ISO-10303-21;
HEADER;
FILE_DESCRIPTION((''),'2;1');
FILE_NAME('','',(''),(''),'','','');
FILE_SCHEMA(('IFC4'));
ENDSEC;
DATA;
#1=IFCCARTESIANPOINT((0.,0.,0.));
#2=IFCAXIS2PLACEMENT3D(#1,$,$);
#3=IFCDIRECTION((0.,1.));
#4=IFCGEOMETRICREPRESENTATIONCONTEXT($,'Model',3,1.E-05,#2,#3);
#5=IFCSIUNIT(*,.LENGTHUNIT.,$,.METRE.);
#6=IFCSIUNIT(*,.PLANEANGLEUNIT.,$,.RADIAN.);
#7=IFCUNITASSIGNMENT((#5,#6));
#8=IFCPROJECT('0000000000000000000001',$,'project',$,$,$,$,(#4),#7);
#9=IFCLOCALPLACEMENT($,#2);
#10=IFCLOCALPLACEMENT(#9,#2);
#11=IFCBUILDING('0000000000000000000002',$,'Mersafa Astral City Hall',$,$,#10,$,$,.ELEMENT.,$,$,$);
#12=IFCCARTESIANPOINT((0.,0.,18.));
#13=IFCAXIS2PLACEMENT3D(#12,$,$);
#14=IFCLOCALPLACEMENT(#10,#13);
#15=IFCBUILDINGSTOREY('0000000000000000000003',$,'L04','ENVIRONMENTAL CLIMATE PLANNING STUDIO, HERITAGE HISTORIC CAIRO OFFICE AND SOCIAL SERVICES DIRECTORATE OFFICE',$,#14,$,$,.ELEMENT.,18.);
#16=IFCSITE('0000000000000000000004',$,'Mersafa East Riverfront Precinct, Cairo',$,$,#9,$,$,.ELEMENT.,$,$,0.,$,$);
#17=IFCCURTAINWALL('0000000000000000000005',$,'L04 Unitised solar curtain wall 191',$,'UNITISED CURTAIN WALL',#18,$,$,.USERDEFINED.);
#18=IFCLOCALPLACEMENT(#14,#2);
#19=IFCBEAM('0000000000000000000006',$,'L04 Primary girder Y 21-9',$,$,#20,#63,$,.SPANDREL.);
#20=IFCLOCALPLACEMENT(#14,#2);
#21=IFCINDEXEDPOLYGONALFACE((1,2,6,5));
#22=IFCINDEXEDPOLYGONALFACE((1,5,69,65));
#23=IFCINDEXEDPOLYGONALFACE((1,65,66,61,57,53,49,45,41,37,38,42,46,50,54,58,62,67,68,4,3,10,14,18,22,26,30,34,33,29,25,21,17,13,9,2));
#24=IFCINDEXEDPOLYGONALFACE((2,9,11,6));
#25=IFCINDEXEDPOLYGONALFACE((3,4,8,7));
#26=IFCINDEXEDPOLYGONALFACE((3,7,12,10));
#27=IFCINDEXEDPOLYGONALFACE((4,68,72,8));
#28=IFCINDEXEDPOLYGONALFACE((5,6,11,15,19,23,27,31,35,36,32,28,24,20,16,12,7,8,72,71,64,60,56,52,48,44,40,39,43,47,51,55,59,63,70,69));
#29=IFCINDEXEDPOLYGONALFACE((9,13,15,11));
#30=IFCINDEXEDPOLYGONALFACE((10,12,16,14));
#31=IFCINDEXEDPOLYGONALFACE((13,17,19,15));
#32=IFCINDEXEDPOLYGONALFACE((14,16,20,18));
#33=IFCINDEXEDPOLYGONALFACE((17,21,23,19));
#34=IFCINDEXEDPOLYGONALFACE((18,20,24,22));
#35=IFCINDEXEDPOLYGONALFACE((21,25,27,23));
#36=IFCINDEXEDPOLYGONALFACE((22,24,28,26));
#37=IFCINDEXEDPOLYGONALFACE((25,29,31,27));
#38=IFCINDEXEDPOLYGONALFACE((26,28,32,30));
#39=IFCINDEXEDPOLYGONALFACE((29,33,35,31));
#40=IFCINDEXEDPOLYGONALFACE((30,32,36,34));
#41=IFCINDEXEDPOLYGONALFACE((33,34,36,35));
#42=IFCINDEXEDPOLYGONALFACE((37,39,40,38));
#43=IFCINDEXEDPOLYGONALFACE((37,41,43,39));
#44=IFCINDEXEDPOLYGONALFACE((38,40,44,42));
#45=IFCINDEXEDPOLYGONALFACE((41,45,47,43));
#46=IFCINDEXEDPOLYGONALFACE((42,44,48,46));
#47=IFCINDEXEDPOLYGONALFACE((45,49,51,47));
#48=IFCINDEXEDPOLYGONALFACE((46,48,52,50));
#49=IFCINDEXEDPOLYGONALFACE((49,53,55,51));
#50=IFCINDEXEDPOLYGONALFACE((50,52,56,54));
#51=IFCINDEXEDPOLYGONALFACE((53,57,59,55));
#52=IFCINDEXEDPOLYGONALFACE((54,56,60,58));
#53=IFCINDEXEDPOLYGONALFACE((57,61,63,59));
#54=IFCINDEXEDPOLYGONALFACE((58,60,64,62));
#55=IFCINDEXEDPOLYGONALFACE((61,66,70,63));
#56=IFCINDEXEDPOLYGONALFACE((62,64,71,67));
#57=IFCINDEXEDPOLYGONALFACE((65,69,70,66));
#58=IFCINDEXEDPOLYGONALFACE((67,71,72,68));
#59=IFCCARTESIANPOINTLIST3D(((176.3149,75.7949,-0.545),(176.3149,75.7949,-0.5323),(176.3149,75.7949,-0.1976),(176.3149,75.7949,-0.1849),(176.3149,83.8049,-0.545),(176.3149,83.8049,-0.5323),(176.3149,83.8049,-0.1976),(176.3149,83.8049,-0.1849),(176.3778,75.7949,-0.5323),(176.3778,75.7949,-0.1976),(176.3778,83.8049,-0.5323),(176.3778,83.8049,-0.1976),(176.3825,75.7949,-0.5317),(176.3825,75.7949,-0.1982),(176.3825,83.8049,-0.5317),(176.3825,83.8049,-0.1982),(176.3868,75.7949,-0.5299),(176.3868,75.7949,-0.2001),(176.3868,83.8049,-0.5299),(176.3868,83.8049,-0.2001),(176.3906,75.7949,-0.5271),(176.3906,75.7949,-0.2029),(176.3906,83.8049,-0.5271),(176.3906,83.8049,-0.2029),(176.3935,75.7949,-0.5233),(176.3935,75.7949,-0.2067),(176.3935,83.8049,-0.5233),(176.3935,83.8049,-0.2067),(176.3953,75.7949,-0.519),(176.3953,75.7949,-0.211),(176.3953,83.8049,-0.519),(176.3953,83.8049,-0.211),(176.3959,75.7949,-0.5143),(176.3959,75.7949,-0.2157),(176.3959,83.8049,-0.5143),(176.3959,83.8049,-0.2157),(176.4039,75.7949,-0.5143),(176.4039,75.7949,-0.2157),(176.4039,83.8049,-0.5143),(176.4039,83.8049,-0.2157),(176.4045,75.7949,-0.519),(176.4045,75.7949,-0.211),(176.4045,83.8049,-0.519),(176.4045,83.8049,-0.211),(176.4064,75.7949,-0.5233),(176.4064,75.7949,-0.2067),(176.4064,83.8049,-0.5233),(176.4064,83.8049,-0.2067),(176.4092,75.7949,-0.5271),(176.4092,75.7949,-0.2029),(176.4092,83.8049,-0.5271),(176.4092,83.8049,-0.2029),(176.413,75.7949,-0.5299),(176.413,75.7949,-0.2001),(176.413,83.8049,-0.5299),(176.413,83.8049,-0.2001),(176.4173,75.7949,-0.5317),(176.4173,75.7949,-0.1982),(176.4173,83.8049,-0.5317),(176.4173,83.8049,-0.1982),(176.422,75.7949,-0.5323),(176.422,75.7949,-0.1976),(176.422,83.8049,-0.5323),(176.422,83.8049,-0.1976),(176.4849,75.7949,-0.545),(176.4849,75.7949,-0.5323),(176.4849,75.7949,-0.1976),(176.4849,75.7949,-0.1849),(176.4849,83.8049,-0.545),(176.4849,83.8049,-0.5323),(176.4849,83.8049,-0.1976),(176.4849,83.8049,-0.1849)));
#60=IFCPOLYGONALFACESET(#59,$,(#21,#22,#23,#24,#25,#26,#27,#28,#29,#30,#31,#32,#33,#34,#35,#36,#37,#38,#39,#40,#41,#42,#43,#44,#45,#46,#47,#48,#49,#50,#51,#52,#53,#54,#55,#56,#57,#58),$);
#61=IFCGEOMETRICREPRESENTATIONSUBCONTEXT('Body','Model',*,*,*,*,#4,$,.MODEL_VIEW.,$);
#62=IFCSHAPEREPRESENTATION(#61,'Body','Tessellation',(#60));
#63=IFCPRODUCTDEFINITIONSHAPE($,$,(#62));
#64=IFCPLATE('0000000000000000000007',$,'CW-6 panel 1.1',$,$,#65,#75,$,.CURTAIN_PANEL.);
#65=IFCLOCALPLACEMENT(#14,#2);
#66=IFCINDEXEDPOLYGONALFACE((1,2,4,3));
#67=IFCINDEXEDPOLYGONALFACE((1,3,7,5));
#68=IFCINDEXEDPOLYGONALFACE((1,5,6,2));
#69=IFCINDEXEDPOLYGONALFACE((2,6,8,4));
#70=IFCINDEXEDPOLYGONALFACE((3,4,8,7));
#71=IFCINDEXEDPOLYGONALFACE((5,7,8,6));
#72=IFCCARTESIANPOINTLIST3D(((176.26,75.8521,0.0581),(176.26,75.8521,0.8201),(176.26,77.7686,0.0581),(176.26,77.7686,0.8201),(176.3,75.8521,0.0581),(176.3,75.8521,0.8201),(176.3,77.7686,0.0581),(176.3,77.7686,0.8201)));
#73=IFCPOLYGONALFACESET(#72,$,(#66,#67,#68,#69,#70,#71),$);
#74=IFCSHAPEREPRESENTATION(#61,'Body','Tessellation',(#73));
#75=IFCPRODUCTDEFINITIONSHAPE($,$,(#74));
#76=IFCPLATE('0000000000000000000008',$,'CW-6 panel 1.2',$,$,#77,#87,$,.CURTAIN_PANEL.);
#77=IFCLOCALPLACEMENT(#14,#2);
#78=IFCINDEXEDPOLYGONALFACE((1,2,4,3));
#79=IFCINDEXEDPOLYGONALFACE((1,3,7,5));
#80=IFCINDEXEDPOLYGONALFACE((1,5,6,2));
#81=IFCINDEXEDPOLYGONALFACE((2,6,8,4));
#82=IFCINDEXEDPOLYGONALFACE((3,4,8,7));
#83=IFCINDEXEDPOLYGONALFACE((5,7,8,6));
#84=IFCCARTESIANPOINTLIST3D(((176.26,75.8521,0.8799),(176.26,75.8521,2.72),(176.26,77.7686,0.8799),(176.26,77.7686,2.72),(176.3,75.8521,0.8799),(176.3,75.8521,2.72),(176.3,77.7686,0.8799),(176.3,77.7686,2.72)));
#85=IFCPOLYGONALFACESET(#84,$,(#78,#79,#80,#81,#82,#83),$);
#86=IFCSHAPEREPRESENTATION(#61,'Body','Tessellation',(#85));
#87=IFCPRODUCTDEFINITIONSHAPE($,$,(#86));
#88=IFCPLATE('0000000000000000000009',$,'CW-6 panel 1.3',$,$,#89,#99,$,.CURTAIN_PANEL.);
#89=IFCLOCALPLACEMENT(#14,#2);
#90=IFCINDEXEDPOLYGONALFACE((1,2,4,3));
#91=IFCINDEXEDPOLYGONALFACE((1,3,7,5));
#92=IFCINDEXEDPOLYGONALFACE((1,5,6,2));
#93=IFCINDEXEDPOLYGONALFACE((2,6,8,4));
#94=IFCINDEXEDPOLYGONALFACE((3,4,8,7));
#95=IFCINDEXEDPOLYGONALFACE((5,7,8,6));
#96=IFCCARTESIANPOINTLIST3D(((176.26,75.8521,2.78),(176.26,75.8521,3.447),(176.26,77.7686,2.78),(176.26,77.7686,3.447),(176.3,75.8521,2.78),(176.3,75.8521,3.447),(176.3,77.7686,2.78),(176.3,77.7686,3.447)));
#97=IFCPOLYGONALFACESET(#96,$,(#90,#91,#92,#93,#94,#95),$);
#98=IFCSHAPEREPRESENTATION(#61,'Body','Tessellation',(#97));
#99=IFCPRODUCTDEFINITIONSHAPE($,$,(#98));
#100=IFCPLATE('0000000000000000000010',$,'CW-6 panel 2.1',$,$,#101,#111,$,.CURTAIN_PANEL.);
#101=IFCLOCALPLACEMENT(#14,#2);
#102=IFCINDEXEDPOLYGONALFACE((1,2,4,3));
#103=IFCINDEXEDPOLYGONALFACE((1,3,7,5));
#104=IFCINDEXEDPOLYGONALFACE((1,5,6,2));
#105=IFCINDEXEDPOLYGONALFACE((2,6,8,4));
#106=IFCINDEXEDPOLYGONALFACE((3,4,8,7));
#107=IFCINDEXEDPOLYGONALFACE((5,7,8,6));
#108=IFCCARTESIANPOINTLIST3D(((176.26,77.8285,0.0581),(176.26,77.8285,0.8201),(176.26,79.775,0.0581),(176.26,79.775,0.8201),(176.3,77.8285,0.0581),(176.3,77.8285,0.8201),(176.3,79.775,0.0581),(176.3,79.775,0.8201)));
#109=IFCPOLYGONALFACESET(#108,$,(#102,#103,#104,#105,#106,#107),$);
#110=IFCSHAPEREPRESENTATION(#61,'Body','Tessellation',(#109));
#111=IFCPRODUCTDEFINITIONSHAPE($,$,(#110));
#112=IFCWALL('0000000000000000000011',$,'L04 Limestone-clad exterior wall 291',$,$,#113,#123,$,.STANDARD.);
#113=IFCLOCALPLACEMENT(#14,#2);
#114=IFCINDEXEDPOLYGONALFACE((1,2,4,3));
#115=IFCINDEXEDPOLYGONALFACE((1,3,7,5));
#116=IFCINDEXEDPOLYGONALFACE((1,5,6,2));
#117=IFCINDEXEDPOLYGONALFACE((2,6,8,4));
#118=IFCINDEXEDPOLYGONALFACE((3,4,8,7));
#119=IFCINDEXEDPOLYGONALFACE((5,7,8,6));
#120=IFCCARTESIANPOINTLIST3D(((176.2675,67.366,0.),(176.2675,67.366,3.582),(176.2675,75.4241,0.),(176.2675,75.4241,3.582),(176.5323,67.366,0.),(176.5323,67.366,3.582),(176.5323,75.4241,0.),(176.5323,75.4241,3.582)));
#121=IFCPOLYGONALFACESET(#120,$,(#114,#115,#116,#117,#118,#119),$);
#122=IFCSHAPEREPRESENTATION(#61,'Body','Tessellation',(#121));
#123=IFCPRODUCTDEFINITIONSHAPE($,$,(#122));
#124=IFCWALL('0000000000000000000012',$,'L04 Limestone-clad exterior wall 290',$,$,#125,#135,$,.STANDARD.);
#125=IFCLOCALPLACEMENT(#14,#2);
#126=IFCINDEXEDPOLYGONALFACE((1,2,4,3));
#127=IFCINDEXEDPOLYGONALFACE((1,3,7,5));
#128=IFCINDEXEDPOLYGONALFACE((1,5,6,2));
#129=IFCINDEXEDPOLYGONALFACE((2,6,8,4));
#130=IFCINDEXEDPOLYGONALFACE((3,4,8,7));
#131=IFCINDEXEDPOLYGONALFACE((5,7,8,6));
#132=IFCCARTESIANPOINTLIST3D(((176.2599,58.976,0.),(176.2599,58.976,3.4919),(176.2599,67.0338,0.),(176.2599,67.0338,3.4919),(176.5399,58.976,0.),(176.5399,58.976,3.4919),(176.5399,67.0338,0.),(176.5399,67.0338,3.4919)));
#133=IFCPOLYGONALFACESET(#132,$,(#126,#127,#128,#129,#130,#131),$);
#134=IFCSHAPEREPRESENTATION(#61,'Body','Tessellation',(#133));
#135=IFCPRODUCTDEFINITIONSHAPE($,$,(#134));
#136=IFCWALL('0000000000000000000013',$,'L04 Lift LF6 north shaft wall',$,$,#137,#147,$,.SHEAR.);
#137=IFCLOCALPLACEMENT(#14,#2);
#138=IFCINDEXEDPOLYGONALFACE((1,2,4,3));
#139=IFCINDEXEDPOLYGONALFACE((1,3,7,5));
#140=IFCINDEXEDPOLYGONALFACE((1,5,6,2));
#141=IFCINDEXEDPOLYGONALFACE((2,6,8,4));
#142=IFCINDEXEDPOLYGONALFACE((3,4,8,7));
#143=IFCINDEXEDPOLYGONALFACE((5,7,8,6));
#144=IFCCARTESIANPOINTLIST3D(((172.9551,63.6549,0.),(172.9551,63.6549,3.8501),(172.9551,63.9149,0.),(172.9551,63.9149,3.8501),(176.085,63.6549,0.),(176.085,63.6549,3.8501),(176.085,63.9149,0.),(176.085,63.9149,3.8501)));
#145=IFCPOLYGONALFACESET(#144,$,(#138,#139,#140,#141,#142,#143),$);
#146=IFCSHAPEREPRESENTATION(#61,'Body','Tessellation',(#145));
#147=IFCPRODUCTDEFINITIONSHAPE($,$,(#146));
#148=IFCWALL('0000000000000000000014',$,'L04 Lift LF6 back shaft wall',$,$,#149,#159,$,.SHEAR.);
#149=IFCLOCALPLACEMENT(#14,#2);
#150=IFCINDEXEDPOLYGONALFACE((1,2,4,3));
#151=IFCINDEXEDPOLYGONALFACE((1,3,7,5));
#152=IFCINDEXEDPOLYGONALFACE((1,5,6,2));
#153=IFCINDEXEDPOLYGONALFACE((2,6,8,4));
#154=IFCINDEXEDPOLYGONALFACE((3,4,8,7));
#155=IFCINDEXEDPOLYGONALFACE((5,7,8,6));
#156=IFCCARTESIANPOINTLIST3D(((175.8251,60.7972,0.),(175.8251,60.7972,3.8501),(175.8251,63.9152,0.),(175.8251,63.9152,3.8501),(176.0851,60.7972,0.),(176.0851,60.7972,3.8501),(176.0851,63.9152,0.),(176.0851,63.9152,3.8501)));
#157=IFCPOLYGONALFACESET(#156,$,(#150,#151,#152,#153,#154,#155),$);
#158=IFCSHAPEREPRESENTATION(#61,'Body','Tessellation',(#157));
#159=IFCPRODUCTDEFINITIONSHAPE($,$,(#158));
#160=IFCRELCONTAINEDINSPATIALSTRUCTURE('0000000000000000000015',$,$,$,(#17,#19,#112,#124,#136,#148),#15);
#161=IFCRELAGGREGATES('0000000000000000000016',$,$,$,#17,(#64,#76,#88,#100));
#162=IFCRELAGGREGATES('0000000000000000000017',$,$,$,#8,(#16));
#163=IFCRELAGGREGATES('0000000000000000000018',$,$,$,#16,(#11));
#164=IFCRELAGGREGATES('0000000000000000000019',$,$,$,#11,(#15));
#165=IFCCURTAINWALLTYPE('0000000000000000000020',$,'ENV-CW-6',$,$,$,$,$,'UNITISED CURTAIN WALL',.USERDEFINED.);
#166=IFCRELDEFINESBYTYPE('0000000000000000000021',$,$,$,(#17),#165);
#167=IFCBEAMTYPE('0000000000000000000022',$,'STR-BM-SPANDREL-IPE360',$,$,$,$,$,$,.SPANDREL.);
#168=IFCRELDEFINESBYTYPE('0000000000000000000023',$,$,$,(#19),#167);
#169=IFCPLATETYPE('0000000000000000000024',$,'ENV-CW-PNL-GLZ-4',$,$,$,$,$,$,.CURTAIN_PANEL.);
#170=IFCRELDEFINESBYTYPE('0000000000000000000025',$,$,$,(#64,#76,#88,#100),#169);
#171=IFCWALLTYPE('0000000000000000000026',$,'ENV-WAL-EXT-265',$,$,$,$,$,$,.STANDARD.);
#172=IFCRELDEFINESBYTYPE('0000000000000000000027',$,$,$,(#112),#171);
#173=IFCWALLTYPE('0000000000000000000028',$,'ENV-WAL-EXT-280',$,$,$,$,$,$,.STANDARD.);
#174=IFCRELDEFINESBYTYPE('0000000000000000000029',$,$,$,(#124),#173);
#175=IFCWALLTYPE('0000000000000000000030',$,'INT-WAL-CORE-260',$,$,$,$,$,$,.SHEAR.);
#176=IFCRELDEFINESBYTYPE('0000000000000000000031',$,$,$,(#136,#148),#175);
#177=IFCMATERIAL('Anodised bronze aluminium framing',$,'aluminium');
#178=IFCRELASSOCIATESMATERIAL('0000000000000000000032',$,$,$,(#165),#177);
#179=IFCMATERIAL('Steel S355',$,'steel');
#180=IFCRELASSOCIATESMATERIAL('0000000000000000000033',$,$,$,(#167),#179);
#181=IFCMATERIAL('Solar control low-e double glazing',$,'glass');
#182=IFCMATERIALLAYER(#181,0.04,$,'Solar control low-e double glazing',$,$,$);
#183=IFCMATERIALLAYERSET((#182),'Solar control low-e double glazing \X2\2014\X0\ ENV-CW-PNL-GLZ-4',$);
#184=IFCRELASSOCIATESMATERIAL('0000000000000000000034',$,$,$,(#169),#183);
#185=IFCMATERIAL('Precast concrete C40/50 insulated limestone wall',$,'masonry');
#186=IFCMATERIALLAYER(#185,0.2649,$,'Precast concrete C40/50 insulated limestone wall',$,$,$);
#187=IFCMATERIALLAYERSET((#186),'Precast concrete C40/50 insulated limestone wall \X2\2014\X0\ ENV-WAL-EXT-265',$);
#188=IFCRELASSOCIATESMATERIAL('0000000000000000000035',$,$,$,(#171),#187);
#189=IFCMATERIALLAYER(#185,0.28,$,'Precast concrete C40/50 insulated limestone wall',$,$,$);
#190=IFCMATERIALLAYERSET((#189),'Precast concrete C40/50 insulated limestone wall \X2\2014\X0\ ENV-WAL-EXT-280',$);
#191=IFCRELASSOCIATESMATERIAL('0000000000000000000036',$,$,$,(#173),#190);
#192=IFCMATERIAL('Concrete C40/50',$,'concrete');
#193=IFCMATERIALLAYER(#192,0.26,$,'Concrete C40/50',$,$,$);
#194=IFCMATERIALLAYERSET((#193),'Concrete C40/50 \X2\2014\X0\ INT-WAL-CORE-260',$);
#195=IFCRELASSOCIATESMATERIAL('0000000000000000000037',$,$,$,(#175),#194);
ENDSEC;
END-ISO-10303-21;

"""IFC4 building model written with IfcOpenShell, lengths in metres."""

from ifc_helpers import new_model, si_unit, direction, frame, frame_2d, origin, origin_2d, place, context, subcontext, project, spatial, rectangle, i_section, extrude, material, layer, layer_set, material_profile, profile_set, type_object, element, aggregate, save


model = new_model("IFC4")

# Units and contexts
model_context = context("Model", 3, precision=1e-05, world=origin(), true_north=direction((0.0, 1.0)))
body_context = subcontext(model_context, "Body", "Model", "MODEL_VIEW")
ifc_project = project(units=[si_unit("LENGTHUNIT", "METRE"), si_unit("PLANEANGLEUNIT", "RADIAN")], contexts=[model_context])

# Site, building, storey
site_placement = place(None, origin())
site = spatial("IfcSite", under=ifc_project, at=site_placement, Name="Mersafa East Riverfront Precinct, Cairo", CompositionType="ELEMENT", RefElevation=0.0)
building_placement = place(site_placement, origin())
building = spatial("IfcBuilding", under=site, at=building_placement, Name="Mersafa Astral City Hall", CompositionType="ELEMENT")
storey_placement = place(building_placement, frame((0.0, 0.0, 18.0)))
storey = spatial("IfcBuildingStorey", under=building, at=storey_placement, Name="L04", Description="ENVIRONMENTAL CLIMATE PLANNING STUDIO, HERITAGE HISTORIC CAIRO OFFICE AND SOCIAL SERVICES DIRECTORATE OFFICE", CompositionType="ELEMENT", Elevation=18.0)

# Shared definitions
ifc_material_1 = material(Name="Steel S355", Category="steel")

# Curtain wall
ifc_material_2 = material(Name="Anodised bronze aluminium framing", Category="aluminium")
curtain_wall_type = type_object("IfcCurtainWallType", Name="ENV-CW-6", ElementType="UNITISED CURTAIN WALL", PredefinedType="USERDEFINED", material=ifc_material_2)
curtain_wall_placement = place(storey_placement, origin())
curtain_wall = element("IfcCurtainWall", 1, at=curtain_wall_placement, inside=storey, type_object=curtain_wall_type, Name="L04 Unitised solar curtain wall 191", ObjectType="UNITISED CURTAIN WALL", PredefinedType="USERDEFINED")

# Beam
ifc_material_profile_1 = material_profile(ifc_material_1, i_section(OverallWidth=0.1699, OverallDepth=0.3601, WebThickness=0.0081, FlangeThickness=0.0127, FilletRadius=0.0181, at=origin_2d()), Name="IPE 360")
ifc_profile_set_1 = profile_set([ifc_material_profile_1], Name="Steel S355")
beam_type_1 = type_object("IfcBeamType", Name="STR-BM-SPANDREL-IPE360", PredefinedType="SPANDREL", material=ifc_profile_set_1)
beam_1_placement = place(storey_placement, frame((176.3999, 75.7949, -0.365), z_axis=(0.0, 1.0, 0.0), x_axis=(-1.0, 0.0, 0.0)))
element("IfcBeam", 2, at=beam_1_placement, inside=storey, type_object=beam_type_1, Name="L04 Primary girder Y 21-9", PredefinedType="SPANDREL", context=body_context, shape_type="SweptSolid", body=[
    extrude(i_section(OverallWidth=0.1699, OverallDepth=0.3601, WebThickness=0.0081, FlangeThickness=0.0127, FilletRadius=0.0181, at=origin_2d()), origin(), (0.0, 0.0, 1.0), 8.01),
])

# Plates
ifc_material_3 = material(Name="Solar control low-e double glazing", Category="glass")
ifc_layer_1 = layer(ifc_material_3, 0.04, Name="Solar control low-e double glazing")
ifc_layer_set_1 = layer_set([ifc_layer_1], Name="Solar control low-e double glazing — ENV-CW-PNL-GLZ-4")
plate_type = type_object("IfcPlateType", Name="ENV-CW-PNL-GLZ-4", PredefinedType="CURTAIN_PANEL", material=ifc_layer_set_1)
plate_1_placement = place(storey_placement, frame((176.28, 76.8103, 0.0581), z_axis=(0.0, 0.0, 1.0), x_axis=(0.0, 1.0, 0.0)))
plate_1 = element("IfcPlate", 3, at=plate_1_placement, type_object=plate_type, Name="CW-6 panel 1.1", PredefinedType="CURTAIN_PANEL", context=body_context, shape_type="SweptSolid", body=[
    extrude(rectangle(XDim=1.9165, YDim=0.04, at=origin_2d()), origin(), (0.0, 0.0, 1.0), 0.762),
])
plate_2_placement = place(storey_placement, frame((176.28, 76.8103, 0.8799), z_axis=(0.0, 0.0, 1.0), x_axis=(0.0, 1.0, 0.0)))
plate_2 = element("IfcPlate", 4, at=plate_2_placement, type_object=plate_type, Name="CW-6 panel 1.2", PredefinedType="CURTAIN_PANEL", context=body_context, shape_type="SweptSolid", body=[
    extrude(rectangle(XDim=1.9165, YDim=0.04, at=origin_2d()), origin(), (0.0, 0.0, 1.0), 1.8401),
])
plate_3_placement = place(storey_placement, frame((176.28, 76.8103, 2.78), z_axis=(0.0, 0.0, 1.0), x_axis=(0.0, 1.0, 0.0)))
plate_3 = element("IfcPlate", 5, at=plate_3_placement, type_object=plate_type, Name="CW-6 panel 1.3", PredefinedType="CURTAIN_PANEL", context=body_context, shape_type="SweptSolid", body=[
    extrude(rectangle(XDim=1.9165, YDim=0.04, at=origin_2d()), origin(), (0.0, 0.0, 1.0), 0.667),
])
plate_4_placement = place(storey_placement, frame((176.28, 78.8018, 0.0581), z_axis=(0.0, 0.0, 1.0), x_axis=(0.0, 1.0, 0.0)))
plate_4 = element("IfcPlate", 6, at=plate_4_placement, type_object=plate_type, Name="CW-6 panel 2.1", PredefinedType="CURTAIN_PANEL", context=body_context, shape_type="SweptSolid", body=[
    extrude(rectangle(XDim=1.9465, YDim=0.04, at=origin_2d()), origin(), (0.0, 0.0, 1.0), 0.762),
])
aggregate(curtain_wall, [plate_1, plate_2, plate_3, plate_4])

# Walls
ifc_material_4 = material(Name="Precast concrete C40/50 insulated limestone wall", Category="masonry")
ifc_layer_2 = layer(ifc_material_4, 0.2649, Name="Precast concrete C40/50 insulated limestone wall")
ifc_layer_set_2 = layer_set([ifc_layer_2], Name="Precast concrete C40/50 insulated limestone wall — ENV-WAL-EXT-265")
wall_type_1 = type_object("IfcWallType", Name="ENV-WAL-EXT-265", PredefinedType="STANDARD", material=ifc_layer_set_2)
wall_1_placement = place(storey_placement, frame((176.3999, 67.366, 0.0), z_axis=(0.0, 0.0, 1.0), x_axis=(0.0, 1.0, 0.0)))
element("IfcWall", 7, at=wall_1_placement, inside=storey, type_object=wall_type_1, Name="L04 Limestone-clad exterior wall 291", PredefinedType="STANDARD", context=body_context, shape_type="SweptSolid", body=[
    extrude(rectangle(XDim=8.0581, YDim=0.2649, at=frame_2d((4.0291, 0.0))), origin(), (0.0, 0.0, 1.0), 3.582),
])
ifc_layer_3 = layer(ifc_material_4, 0.28, Name="Precast concrete C40/50 insulated limestone wall")
ifc_layer_set_3 = layer_set([ifc_layer_3], Name="Precast concrete C40/50 insulated limestone wall — ENV-WAL-EXT-280")
wall_type_2 = type_object("IfcWallType", Name="ENV-WAL-EXT-280", PredefinedType="STANDARD", material=ifc_layer_set_3)
wall_2_placement = place(storey_placement, frame((176.3999, 58.9761, 0.0), z_axis=(0.0, 0.0, 1.0), x_axis=(0.0, 1.0, 0.0)))
element("IfcWall", 8, at=wall_2_placement, inside=storey, type_object=wall_type_2, Name="L04 Limestone-clad exterior wall 290", PredefinedType="STANDARD", context=body_context, shape_type="SweptSolid", body=[
    extrude(rectangle(XDim=8.0579, YDim=0.28, at=frame_2d((4.0288, 0.0))), origin(), (0.0, 0.0, 1.0), 3.4919),
])
ifc_material_5 = material(Name="Concrete C40/50", Category="concrete")
ifc_layer_4 = layer(ifc_material_5, 0.26, Name="Concrete C40/50")
ifc_layer_set_4 = layer_set([ifc_layer_4], Name="Concrete C40/50 — INT-WAL-CORE-260")
wall_type_3 = type_object("IfcWallType", Name="INT-WAL-CORE-260", PredefinedType="SHEAR", material=ifc_layer_set_4)
wall_3_placement = place(storey_placement, frame((172.9551, 63.7849, 0.0), z_axis=(0.0, 0.0, 1.0), x_axis=(1.0, 0.0, 0.0)))
element("IfcWall", 9, at=wall_3_placement, inside=storey, type_object=wall_type_3, Name="L04 Lift LF6 north shaft wall", PredefinedType="SHEAR", context=body_context, shape_type="SweptSolid", body=[
    extrude(rectangle(XDim=3.1299, YDim=0.26, at=frame_2d((1.5649, 0.0))), origin(), (0.0, 0.0, 1.0), 3.8501),
])
wall_4_placement = place(storey_placement, frame((175.9551, 60.7971, 0.0), z_axis=(0.0, 0.0, 1.0), x_axis=(0.0, 1.0, 0.0)))
element("IfcWall", 10, at=wall_4_placement, inside=storey, type_object=wall_type_3, Name="L04 Lift LF6 back shaft wall", PredefinedType="SHEAR", context=body_context, shape_type="SweptSolid", body=[
    extrude(rectangle(XDim=3.1179, YDim=0.26, at=frame_2d((1.5591, 0.0))), origin(), (0.0, 0.0, 1.0), 3.8501),
])

save(model, "model.ifc")
